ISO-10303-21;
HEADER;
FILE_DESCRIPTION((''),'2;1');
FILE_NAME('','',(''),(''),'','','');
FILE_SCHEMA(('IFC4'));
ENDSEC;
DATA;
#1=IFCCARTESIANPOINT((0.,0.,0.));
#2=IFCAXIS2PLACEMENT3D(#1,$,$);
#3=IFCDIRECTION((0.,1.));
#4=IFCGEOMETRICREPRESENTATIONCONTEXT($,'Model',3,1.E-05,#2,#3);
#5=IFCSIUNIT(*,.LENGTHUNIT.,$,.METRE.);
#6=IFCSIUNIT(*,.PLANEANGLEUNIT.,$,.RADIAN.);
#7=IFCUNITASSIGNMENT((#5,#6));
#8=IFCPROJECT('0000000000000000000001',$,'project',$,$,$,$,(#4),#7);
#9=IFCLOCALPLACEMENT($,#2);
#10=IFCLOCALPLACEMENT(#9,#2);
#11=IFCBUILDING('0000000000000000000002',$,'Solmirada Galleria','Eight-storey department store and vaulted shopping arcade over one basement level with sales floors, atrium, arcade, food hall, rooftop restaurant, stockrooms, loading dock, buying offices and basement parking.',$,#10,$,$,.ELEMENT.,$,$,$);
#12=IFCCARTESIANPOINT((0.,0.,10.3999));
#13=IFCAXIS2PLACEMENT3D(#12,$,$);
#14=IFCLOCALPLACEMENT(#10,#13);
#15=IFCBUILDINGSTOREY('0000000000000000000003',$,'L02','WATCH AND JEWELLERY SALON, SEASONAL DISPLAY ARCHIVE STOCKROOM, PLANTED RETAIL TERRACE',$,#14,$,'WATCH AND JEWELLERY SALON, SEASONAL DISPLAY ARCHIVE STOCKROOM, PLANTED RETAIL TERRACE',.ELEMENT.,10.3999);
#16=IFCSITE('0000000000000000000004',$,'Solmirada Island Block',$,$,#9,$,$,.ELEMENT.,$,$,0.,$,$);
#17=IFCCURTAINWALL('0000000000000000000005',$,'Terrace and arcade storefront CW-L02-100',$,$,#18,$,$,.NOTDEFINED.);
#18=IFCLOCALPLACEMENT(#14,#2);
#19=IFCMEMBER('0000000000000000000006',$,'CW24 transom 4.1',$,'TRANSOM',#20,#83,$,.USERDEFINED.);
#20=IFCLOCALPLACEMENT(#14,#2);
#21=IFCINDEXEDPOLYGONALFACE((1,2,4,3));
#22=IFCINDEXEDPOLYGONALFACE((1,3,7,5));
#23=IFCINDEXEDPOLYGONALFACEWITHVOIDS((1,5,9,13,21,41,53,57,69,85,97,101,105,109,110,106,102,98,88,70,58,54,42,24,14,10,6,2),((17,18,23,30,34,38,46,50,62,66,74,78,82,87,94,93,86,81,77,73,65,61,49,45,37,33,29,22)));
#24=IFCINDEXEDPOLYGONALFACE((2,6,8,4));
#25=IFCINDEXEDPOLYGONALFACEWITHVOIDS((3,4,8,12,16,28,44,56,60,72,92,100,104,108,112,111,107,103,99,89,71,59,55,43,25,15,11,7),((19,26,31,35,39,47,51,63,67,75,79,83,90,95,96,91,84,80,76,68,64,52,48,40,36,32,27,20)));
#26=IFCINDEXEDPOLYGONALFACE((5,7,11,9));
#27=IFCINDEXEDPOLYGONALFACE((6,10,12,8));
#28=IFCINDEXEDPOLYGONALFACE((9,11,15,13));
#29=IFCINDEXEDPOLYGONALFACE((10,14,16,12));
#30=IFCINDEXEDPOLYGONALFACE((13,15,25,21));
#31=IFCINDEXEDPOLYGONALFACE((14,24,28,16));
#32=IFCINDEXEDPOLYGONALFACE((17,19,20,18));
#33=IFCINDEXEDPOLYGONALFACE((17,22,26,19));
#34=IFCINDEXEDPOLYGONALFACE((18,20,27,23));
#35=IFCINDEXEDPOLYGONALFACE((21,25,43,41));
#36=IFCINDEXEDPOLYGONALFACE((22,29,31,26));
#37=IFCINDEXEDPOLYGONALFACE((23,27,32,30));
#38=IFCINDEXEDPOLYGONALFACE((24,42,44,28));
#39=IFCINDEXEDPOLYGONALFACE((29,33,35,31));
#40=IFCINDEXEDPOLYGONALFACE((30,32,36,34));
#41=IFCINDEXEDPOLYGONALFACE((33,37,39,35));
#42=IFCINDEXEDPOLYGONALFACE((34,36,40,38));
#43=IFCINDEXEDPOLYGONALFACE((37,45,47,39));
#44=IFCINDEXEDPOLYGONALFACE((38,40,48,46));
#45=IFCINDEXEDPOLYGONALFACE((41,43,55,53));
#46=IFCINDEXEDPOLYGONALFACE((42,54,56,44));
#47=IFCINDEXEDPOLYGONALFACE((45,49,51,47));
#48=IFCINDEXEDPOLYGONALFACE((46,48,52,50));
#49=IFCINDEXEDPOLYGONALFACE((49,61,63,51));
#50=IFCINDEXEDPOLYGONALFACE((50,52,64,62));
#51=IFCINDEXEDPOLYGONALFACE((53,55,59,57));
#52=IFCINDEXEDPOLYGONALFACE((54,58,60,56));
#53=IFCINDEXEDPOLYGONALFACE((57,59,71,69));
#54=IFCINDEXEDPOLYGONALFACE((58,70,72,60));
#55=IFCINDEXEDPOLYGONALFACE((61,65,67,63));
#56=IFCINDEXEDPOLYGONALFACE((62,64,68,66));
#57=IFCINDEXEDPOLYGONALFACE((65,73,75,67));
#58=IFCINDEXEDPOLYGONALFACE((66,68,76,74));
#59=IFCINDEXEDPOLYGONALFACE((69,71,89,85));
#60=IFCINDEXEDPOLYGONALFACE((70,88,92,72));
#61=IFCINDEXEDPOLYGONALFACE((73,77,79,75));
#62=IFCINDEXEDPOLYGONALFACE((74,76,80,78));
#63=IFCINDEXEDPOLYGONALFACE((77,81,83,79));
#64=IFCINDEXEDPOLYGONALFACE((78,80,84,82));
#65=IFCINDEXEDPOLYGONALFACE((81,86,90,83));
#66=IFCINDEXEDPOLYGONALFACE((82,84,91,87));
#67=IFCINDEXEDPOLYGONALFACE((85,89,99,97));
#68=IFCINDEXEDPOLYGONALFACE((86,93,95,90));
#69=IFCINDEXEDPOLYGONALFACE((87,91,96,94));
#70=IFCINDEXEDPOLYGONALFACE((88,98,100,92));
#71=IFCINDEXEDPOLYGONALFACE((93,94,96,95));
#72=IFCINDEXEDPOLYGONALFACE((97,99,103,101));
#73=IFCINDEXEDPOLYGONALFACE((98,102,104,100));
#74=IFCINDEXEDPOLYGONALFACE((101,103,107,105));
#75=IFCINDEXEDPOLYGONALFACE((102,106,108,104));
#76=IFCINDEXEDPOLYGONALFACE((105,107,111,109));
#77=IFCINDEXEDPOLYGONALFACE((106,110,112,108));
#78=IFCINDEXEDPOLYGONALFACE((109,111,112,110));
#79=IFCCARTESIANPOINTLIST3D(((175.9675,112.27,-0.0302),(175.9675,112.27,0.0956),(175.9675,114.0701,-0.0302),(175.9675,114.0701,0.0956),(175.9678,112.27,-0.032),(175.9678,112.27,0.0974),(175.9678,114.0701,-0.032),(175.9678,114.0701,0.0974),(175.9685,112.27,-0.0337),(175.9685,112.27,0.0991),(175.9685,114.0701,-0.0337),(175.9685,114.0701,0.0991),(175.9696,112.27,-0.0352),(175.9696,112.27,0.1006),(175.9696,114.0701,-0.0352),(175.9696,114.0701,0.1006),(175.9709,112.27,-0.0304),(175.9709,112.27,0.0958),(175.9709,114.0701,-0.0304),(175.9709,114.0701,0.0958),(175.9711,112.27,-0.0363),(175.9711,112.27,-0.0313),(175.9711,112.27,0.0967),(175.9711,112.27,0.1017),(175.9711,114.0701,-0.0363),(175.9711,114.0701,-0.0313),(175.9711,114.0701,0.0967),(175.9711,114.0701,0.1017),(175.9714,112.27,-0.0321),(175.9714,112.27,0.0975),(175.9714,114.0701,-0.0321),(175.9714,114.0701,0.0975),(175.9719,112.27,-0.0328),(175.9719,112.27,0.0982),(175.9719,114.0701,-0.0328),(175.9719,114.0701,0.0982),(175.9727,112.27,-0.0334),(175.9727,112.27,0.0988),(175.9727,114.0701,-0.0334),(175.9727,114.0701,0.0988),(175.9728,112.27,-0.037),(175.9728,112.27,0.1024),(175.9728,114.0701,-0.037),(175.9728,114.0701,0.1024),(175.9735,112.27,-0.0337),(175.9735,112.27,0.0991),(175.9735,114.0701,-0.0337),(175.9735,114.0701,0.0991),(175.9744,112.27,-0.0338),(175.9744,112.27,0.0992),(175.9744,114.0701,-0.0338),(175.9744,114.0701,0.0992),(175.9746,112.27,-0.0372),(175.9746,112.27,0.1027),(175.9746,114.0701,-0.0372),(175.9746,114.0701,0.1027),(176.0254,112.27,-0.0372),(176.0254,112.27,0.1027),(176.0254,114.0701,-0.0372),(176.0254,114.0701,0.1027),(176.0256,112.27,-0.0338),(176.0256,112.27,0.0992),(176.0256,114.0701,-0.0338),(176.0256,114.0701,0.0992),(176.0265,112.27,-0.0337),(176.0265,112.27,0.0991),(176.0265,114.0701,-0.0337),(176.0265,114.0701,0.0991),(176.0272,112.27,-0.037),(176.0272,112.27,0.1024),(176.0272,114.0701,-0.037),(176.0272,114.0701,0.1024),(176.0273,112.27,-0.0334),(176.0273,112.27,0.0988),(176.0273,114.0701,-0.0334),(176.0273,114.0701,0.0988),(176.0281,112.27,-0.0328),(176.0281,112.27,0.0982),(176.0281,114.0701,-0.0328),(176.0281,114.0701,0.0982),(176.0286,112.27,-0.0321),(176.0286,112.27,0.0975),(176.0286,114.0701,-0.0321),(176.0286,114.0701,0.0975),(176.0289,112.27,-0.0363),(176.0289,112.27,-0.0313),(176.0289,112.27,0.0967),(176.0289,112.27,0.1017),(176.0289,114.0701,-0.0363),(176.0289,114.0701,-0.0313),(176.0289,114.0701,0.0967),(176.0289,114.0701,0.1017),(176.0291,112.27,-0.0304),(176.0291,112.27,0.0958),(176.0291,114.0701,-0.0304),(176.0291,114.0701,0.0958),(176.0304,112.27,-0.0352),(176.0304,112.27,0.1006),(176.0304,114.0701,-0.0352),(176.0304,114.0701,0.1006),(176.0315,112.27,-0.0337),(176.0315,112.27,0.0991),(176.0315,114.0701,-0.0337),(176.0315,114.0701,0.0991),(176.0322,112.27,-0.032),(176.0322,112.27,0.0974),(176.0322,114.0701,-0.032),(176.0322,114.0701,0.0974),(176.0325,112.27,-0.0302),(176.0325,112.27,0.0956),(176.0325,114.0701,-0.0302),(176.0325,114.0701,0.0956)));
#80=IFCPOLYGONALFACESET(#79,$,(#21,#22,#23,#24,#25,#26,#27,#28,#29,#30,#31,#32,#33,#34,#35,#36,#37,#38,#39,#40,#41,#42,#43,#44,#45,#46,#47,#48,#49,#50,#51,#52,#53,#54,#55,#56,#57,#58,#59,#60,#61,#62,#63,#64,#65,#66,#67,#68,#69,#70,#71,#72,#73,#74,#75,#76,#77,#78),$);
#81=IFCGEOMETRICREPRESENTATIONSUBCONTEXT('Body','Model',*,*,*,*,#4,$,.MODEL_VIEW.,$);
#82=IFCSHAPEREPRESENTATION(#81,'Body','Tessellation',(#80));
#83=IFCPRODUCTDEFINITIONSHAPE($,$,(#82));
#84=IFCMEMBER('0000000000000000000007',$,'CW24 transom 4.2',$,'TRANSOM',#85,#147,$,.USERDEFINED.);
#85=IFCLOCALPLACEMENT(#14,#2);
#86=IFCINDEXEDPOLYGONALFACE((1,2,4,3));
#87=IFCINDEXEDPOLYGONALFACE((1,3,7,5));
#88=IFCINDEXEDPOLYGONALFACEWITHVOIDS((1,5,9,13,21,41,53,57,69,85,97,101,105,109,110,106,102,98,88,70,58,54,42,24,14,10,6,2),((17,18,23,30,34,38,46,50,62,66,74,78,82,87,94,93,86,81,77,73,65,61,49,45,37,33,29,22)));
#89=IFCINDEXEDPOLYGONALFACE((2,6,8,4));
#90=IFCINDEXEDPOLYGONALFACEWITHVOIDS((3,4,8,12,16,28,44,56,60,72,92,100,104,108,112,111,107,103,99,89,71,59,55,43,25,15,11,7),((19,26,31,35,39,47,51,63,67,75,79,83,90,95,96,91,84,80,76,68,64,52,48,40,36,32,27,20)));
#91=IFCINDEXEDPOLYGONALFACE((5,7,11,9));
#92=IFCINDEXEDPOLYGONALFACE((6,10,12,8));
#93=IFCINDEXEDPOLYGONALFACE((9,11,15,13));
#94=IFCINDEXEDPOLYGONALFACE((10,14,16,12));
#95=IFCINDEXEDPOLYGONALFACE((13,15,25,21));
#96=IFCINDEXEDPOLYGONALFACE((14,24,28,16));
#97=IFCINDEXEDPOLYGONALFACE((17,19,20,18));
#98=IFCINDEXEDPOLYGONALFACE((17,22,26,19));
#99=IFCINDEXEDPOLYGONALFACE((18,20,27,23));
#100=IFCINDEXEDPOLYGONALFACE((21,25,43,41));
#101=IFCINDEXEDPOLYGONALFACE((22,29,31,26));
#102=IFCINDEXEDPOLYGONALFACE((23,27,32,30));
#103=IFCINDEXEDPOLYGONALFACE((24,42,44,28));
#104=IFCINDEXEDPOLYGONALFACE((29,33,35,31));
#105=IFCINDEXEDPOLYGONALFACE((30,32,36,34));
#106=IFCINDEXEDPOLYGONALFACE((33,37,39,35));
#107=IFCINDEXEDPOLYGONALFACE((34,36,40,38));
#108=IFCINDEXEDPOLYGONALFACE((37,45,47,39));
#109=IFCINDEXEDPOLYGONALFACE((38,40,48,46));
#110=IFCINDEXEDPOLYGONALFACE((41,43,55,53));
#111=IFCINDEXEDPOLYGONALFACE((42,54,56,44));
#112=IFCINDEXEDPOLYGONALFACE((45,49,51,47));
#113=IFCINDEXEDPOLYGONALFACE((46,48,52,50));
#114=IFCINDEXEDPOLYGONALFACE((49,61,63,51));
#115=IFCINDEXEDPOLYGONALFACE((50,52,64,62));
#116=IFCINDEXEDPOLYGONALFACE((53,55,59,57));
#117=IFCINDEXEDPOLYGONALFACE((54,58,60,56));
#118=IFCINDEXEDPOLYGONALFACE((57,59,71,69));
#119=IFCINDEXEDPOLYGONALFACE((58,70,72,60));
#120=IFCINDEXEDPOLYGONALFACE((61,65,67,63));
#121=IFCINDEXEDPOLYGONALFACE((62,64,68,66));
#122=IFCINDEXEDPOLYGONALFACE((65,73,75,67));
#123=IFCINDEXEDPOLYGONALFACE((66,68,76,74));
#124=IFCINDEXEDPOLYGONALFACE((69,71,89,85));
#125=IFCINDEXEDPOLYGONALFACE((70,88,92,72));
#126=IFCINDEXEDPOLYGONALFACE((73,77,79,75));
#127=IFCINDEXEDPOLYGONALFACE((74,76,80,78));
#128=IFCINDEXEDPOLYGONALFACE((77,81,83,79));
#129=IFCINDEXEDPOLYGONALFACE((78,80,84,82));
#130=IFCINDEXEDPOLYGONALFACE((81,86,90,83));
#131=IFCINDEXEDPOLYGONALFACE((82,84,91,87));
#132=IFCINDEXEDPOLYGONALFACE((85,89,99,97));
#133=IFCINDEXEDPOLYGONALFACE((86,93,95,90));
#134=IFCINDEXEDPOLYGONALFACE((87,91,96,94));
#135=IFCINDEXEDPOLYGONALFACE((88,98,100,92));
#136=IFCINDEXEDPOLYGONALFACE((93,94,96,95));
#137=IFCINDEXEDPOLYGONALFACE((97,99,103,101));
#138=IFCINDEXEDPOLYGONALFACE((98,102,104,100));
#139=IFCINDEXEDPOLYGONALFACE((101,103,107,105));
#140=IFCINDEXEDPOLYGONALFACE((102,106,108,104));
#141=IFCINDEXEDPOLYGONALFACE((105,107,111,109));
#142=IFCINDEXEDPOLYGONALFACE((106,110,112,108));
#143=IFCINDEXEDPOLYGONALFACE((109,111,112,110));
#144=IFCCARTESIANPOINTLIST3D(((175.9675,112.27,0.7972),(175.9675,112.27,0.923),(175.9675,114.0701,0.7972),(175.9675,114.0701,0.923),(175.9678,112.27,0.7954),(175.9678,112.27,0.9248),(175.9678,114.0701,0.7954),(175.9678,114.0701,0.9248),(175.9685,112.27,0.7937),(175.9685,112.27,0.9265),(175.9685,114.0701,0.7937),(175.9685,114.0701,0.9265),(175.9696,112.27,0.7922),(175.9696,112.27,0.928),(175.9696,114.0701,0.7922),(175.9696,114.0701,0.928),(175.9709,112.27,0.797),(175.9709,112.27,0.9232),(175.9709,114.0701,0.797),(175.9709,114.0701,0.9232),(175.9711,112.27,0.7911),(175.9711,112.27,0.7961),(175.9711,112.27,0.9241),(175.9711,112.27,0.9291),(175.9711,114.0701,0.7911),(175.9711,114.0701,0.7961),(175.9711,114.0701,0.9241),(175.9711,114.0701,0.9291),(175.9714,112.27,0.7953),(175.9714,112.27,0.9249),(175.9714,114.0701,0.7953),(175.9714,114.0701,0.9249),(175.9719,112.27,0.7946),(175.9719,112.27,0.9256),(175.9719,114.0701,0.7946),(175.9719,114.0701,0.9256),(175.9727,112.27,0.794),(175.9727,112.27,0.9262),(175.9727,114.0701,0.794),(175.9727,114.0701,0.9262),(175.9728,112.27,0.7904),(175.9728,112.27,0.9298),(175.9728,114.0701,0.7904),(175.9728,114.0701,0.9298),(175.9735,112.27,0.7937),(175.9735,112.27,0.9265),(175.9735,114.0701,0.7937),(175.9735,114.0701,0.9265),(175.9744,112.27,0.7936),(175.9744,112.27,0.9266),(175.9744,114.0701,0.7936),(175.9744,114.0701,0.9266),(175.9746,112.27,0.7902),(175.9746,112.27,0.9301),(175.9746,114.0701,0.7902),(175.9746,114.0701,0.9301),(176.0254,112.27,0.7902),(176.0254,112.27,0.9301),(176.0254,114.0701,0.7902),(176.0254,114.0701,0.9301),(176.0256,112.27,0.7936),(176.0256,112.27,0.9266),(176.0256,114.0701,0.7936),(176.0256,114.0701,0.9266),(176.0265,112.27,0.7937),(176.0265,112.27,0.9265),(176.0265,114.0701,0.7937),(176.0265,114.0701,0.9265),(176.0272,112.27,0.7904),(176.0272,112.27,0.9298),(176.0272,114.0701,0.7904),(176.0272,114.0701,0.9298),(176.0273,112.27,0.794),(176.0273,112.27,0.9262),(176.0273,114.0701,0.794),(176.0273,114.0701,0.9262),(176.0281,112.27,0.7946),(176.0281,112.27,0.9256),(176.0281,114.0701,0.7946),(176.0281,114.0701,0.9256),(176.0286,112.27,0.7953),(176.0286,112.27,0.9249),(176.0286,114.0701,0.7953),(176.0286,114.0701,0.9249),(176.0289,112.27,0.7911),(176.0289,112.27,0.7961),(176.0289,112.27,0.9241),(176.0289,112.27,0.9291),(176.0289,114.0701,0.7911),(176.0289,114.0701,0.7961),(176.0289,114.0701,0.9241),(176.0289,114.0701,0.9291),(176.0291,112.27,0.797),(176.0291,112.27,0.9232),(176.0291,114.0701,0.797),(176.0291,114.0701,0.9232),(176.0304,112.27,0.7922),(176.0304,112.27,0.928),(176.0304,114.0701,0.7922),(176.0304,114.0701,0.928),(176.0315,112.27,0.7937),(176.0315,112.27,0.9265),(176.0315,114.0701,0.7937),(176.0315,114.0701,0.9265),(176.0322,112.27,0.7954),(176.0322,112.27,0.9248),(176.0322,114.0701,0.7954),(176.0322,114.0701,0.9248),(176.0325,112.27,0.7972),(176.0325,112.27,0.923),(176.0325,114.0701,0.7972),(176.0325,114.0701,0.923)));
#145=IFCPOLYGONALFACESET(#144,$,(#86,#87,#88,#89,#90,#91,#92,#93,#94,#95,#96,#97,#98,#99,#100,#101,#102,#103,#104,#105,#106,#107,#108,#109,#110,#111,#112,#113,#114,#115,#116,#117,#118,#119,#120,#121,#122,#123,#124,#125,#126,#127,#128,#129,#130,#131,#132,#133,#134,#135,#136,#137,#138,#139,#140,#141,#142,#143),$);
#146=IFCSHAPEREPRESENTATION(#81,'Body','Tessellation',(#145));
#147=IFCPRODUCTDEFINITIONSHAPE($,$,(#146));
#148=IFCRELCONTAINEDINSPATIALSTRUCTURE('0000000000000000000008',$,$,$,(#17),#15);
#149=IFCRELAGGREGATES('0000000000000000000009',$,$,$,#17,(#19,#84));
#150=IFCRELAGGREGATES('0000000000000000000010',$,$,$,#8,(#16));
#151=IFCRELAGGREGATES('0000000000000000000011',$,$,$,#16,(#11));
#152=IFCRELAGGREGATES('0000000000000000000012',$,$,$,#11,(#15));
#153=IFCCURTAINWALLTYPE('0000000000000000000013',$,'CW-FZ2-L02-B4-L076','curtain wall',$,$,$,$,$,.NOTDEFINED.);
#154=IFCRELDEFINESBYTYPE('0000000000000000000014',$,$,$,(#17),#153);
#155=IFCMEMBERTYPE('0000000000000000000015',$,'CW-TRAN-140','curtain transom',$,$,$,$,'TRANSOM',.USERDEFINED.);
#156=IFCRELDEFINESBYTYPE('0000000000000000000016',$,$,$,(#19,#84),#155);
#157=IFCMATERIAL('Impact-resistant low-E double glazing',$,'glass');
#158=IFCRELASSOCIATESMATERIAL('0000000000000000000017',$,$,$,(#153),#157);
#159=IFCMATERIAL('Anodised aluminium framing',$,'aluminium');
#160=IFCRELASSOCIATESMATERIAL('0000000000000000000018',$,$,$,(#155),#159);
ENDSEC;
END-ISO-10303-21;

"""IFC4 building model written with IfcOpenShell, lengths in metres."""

from ifc_helpers import new_model, si_unit, direction, frame, origin, origin_2d, place, context, subcontext, project, spatial, hollow_rectangle, extrude, material, material_profile, profile_set, type_object, element, aggregate, save


model = new_model("IFC4")

# Units and contexts
model_context = context("Model", 3, precision=1e-05, world=origin(), true_north=direction((0.0, 1.0)))
body_context = subcontext(model_context, "Body", "Model", "MODEL_VIEW")
ifc_project = project(units=[si_unit("LENGTHUNIT", "METRE"), si_unit("PLANEANGLEUNIT", "RADIAN")], contexts=[model_context])

# Site, building, storey
site_placement = place(None, origin())
site = spatial("IfcSite", under=ifc_project, at=site_placement, Name="Solmirada Island Block", CompositionType="ELEMENT", RefElevation=0.0)
building_placement = place(site_placement, origin())
building = spatial("IfcBuilding", under=site, at=building_placement, Name="Solmirada Galleria", Description="Eight-storey department store and vaulted shopping arcade over one basement level with sales floors, atrium, arcade, food hall, rooftop restaurant, stockrooms, loading dock, buying offices and basement parking.", CompositionType="ELEMENT")
storey_placement = place(building_placement, frame((0.0, 0.0, 10.3999)))
storey = spatial("IfcBuildingStorey", under=building, at=storey_placement, Name="L02", Description="WATCH AND JEWELLERY SALON, SEASONAL DISPLAY ARCHIVE STOCKROOM, PLANTED RETAIL TERRACE", LongName="WATCH AND JEWELLERY SALON, SEASONAL DISPLAY ARCHIVE STOCKROOM, PLANTED RETAIL TERRACE", CompositionType="ELEMENT", Elevation=10.3999)

# Curtain wall, members
ifc_material_1 = material(Name="Impact-resistant low-E double glazing", Category="glass")
curtain_wall_type = type_object("IfcCurtainWallType", Name="CW-FZ2-L02-B4-L076", Description="curtain wall", PredefinedType="NOTDEFINED", material=ifc_material_1)
curtain_wall_placement = place(storey_placement, origin())
curtain_wall = element("IfcCurtainWall", 1, at=curtain_wall_placement, inside=storey, type_object=curtain_wall_type, Name="Terrace and arcade storefront CW-L02-100", PredefinedType="NOTDEFINED")
ifc_material_2 = material(Name="Anodised aluminium framing", Category="aluminium")
ifc_material_profile_1 = material_profile(ifc_material_2, hollow_rectangle(XDim=0.0649, YDim=0.1399, WallThickness=0.0034, InnerFilletRadius=0.0034, OuterFilletRadius=0.0071, at=origin_2d()), Name="ALU-TRAN-140X65")
ifc_profile_set_1 = profile_set([ifc_material_profile_1], Name="Anodised aluminium framing")
member_type_1 = type_object("IfcMemberType", Name="CW-TRAN-140", Description="curtain transom", ElementType="TRANSOM", PredefinedType="USERDEFINED", material=ifc_profile_set_1)
member_1_placement = place(storey_placement, frame((176.0, 114.0701, 0.0327), z_axis=(0.0, -1.0, 0.0), x_axis=(1.0, 0.0, 0.0)))
member_1 = element("IfcMember", 2, at=member_1_placement, type_object=member_type_1, Name="CW24 transom 4.1", ObjectType="TRANSOM", PredefinedType="USERDEFINED", context=body_context, shape_type="SweptSolid", body=[
    extrude(hollow_rectangle(XDim=0.0649, YDim=0.1399, WallThickness=0.0034, InnerFilletRadius=0.0034, OuterFilletRadius=0.0071, at=origin_2d()), origin(), (0.0, 0.0, 1.0), 1.8),
])
member_2_placement = place(storey_placement, frame((176.0, 114.0701, 0.8601), z_axis=(0.0, -1.0, 0.0), x_axis=(1.0, 0.0, 0.0)))
member_2 = element("IfcMember", 3, at=member_2_placement, type_object=member_type_1, Name="CW24 transom 4.2", ObjectType="TRANSOM", PredefinedType="USERDEFINED", context=body_context, shape_type="SweptSolid", body=[
    extrude(hollow_rectangle(XDim=0.0649, YDim=0.1399, WallThickness=0.0034, InnerFilletRadius=0.0034, OuterFilletRadius=0.0071, at=origin_2d()), origin(), (0.0, 0.0, 1.0), 1.8),
])
aggregate(curtain_wall, [member_1, member_2])

save(model, "model.ifc")
